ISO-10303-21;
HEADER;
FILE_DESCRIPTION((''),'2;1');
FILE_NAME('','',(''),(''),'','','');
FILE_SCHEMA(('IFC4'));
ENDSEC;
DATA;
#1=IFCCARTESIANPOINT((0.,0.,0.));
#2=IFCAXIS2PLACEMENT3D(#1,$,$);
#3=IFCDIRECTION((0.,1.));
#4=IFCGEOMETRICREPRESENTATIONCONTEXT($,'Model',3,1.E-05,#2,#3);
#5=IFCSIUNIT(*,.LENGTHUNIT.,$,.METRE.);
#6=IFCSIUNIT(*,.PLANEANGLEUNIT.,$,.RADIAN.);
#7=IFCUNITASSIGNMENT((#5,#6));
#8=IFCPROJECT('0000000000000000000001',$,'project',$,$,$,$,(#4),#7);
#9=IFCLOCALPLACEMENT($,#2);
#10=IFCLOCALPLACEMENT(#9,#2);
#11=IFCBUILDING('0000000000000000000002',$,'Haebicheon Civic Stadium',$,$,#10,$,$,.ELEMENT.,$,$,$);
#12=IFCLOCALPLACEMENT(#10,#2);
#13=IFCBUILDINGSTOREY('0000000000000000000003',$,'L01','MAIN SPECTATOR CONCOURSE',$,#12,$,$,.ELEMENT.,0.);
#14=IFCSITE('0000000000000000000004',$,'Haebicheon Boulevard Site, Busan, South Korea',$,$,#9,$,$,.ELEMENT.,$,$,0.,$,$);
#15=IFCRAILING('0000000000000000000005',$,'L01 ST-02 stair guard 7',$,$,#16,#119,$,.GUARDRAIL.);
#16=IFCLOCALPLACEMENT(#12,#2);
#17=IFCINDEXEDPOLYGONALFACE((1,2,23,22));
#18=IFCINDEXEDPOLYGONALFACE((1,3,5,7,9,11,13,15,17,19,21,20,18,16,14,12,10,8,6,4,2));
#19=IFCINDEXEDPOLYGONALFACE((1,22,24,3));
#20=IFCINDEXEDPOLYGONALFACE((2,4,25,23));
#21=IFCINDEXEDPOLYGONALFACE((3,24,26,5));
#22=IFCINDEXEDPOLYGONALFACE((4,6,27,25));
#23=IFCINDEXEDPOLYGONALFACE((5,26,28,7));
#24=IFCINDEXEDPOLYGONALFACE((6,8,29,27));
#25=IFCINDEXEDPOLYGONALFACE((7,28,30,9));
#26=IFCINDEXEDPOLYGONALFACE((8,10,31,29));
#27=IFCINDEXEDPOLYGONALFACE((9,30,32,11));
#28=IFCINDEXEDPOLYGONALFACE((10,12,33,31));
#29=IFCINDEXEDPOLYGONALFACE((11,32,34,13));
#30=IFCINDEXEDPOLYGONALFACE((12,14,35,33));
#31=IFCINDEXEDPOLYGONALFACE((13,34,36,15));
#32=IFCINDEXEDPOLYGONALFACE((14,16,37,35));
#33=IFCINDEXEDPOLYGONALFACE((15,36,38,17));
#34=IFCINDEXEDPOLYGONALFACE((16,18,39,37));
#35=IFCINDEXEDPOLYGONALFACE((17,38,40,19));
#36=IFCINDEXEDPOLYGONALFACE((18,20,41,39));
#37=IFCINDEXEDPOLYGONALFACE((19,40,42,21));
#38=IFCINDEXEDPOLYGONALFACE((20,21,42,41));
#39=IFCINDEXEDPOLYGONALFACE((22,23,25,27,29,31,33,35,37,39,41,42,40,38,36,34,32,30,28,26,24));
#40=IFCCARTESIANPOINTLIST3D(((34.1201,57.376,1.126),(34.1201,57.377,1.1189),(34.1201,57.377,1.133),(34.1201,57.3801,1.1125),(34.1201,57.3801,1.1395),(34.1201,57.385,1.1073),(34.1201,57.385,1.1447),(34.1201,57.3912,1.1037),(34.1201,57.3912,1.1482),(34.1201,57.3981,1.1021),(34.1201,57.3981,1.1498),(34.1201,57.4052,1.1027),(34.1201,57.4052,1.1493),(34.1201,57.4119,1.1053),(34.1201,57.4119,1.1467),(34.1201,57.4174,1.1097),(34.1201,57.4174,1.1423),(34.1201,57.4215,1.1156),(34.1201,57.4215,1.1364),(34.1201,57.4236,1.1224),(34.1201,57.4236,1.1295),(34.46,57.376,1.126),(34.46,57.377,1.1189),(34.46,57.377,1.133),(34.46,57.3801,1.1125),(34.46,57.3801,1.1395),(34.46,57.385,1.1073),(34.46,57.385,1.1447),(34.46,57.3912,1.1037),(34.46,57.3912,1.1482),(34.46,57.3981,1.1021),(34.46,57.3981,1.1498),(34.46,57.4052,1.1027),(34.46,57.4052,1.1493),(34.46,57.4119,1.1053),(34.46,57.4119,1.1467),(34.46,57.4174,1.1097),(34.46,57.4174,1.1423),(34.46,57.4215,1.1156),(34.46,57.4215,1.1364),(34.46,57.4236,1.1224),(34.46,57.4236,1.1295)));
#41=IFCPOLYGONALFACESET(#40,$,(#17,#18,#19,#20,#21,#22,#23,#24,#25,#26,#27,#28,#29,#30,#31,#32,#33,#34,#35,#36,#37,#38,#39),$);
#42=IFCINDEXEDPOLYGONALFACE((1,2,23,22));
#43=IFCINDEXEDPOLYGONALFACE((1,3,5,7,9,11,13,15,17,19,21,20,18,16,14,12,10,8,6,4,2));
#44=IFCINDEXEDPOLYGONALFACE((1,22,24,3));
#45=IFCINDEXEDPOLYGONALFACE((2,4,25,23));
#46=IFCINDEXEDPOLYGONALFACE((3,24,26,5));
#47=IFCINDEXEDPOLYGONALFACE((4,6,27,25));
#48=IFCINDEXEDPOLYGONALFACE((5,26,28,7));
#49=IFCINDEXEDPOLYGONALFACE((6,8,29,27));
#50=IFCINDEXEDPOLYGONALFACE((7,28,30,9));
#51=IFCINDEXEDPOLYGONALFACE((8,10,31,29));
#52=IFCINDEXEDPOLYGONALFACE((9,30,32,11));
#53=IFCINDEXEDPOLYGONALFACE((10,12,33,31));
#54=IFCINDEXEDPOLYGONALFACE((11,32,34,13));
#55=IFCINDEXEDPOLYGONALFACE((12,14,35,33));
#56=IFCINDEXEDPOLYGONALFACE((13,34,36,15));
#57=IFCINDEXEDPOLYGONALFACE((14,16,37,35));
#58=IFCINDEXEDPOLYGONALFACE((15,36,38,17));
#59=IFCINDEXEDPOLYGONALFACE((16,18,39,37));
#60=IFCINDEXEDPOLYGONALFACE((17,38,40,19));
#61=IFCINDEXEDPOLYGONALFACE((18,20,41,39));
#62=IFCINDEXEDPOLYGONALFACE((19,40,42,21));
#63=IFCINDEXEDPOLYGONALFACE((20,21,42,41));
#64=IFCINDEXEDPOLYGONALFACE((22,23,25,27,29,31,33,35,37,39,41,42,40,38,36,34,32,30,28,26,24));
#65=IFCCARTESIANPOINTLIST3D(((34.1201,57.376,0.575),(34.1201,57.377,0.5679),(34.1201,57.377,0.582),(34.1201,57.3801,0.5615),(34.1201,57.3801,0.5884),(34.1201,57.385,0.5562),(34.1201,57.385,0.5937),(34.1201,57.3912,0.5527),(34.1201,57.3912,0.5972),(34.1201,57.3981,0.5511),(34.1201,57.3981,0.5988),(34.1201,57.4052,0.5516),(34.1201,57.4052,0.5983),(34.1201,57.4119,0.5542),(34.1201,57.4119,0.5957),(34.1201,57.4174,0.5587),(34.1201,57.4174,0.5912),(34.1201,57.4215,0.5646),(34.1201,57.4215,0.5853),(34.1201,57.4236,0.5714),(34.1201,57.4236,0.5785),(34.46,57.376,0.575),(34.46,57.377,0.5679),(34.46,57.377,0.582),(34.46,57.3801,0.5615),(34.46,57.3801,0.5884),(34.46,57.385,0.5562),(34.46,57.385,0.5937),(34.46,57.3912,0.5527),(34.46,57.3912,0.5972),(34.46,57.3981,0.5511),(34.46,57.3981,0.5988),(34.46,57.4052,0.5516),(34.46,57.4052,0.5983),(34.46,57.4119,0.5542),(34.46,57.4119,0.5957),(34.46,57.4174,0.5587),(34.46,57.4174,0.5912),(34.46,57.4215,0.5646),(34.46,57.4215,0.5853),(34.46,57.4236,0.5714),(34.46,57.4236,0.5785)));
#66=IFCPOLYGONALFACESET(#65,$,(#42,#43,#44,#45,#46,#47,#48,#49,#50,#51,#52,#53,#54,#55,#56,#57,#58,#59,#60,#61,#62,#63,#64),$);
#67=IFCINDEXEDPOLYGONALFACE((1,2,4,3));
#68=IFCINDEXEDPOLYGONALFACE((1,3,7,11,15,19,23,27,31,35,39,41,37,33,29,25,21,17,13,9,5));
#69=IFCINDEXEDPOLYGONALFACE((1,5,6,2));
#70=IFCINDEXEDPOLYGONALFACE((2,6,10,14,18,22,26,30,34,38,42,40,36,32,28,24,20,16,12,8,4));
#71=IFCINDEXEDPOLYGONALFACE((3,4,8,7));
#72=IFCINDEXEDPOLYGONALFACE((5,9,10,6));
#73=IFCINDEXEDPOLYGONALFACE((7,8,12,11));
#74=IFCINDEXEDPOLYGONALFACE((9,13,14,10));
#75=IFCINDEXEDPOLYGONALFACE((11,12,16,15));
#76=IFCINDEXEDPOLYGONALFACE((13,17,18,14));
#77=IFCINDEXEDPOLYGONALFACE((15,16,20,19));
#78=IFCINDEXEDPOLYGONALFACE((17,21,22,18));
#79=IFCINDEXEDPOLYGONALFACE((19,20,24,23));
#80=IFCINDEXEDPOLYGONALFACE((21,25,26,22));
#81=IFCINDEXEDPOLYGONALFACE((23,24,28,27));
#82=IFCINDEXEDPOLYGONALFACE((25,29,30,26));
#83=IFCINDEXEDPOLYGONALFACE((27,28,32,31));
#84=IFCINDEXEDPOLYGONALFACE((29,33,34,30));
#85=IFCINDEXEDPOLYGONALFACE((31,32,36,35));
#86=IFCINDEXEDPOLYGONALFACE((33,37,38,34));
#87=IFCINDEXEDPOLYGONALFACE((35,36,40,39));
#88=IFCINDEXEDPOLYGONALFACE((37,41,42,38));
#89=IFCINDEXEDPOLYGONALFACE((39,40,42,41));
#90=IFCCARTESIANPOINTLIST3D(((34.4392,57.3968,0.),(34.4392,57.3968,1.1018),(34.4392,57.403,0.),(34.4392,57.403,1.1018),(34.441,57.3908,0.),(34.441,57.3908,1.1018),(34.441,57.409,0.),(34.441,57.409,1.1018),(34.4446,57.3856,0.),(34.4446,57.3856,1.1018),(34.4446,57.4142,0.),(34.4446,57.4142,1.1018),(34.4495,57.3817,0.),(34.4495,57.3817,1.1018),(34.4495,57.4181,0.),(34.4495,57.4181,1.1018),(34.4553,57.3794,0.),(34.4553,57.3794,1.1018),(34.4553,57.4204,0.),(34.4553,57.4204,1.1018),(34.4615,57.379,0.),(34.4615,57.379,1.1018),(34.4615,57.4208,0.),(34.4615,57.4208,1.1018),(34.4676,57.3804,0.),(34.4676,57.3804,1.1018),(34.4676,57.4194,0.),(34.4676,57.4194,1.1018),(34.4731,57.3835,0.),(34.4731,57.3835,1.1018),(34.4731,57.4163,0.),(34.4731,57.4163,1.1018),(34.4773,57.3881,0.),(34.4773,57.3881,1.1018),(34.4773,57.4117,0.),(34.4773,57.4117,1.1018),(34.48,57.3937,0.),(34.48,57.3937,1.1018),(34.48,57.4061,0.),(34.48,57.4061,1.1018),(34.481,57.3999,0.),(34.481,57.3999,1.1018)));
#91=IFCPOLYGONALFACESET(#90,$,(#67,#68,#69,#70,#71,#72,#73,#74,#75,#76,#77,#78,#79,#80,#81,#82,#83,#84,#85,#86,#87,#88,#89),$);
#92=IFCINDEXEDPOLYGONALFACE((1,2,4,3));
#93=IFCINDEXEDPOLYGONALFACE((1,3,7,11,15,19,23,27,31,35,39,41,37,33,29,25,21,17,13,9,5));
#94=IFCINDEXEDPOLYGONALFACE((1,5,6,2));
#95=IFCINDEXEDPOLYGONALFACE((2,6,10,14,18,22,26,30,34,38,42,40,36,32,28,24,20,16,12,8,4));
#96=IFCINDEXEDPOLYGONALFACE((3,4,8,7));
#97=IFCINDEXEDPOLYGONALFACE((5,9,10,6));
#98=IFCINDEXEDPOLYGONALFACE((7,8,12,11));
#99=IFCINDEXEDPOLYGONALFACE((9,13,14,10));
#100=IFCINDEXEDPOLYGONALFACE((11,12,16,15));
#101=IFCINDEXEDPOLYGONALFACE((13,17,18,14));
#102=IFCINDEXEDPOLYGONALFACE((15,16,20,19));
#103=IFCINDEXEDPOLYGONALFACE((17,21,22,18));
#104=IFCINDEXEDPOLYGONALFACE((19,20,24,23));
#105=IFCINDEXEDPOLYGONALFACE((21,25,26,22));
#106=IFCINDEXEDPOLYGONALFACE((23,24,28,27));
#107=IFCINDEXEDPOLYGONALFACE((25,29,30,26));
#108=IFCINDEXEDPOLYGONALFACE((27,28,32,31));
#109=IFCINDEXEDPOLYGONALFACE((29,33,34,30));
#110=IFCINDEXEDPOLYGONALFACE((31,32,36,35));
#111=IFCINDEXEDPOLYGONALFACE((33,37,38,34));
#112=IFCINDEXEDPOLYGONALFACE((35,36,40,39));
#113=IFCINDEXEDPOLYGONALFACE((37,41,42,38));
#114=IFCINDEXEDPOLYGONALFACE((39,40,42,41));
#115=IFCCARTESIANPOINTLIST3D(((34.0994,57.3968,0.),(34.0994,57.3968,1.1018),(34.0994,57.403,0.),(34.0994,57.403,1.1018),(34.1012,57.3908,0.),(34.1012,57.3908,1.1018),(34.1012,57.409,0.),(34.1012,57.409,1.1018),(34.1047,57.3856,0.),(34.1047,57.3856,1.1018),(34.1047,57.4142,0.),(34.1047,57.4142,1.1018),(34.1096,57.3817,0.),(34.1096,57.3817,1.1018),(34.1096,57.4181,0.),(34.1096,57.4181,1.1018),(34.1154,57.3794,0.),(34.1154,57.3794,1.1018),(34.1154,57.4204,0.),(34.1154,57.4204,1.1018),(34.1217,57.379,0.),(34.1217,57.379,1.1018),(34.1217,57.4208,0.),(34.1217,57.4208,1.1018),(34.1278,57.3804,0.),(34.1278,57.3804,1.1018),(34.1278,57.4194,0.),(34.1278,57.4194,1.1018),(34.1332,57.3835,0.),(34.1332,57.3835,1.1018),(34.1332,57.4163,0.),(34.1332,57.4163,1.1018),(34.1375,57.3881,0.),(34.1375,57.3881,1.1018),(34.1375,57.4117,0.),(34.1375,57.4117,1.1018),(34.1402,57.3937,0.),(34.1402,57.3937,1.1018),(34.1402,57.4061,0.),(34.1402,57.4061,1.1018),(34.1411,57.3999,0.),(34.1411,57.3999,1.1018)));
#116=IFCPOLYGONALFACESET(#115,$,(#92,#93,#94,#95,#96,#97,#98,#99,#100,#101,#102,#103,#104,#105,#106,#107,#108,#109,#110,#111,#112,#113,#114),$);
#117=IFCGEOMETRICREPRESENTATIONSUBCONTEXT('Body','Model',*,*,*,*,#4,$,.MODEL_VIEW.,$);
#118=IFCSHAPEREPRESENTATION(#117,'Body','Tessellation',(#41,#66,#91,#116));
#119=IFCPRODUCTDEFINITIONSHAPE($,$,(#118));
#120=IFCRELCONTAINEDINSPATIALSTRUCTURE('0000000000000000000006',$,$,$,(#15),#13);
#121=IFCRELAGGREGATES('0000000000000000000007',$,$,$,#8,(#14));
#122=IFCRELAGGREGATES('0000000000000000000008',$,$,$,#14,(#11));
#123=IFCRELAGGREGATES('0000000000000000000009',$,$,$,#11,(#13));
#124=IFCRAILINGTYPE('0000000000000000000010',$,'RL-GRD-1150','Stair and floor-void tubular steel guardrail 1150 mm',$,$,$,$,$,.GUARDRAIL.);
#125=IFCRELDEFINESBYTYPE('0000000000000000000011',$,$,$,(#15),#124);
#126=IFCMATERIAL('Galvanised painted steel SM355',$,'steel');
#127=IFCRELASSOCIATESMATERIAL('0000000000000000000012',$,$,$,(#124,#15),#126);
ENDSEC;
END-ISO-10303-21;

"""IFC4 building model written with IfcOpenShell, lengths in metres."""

from ifc_helpers import new_model, si_unit, direction, frame, origin, origin_2d, place, context, subcontext, project, spatial, circle, extrude, material, type_object, element, save


model = new_model("IFC4")

# Units and contexts
model_context = context("Model", 3, precision=1e-05, world=origin(), true_north=direction((0.0, 1.0)))
body_context = subcontext(model_context, "Body", "Model", "MODEL_VIEW")
ifc_project = project(units=[si_unit("LENGTHUNIT", "METRE"), si_unit("PLANEANGLEUNIT", "RADIAN")], contexts=[model_context])

# Site, building, storey
site_placement = place(None, origin())
site = spatial("IfcSite", under=ifc_project, at=site_placement, Name="Haebicheon Boulevard Site, Busan, South Korea", CompositionType="ELEMENT", RefElevation=0.0)
building_placement = place(site_placement, origin())
building = spatial("IfcBuilding", under=site, at=building_placement, Name="Haebicheon Civic Stadium", CompositionType="ELEMENT")
storey_placement = place(building_placement, origin())
storey = spatial("IfcBuildingStorey", under=building, at=storey_placement, Name="L01", Description="MAIN SPECTATOR CONCOURSE", CompositionType="ELEMENT", Elevation=0.0)

# Railing
ifc_material_1 = material(Name="Galvanised painted steel SM355", Category="steel")
railing_type_1 = type_object("IfcRailingType", Name="RL-GRD-1150", Description="Stair and floor-void tubular steel guardrail 1150 mm", PredefinedType="GUARDRAIL", material=ifc_material_1)
railing_1_placement = place(storey_placement, frame((34.46, 57.3999, 0.0)))
element("IfcRailing", 1, at=railing_1_placement, inside=storey, type_object=railing_type_1, material=ifc_material_1, Name="L01 ST-02 stair guard 7", PredefinedType="GUARDRAIL", context=body_context, shape_type="SweptSolid", body=[
    extrude(circle(Radius=0.0239, at=origin_2d()), frame((0.0, 0.0, 1.126), z_axis=(-1.0, 0.0, 0.0), x_axis=(0.0, -1.0, 0.0)), (0.0, 0.0, 1.0), 0.3398),
    extrude(circle(Radius=0.0239, at=origin_2d()), frame((0.0, 0.0, 0.575), z_axis=(-1.0, 0.0, 0.0), x_axis=(0.0, -1.0, 0.0)), (0.0, 0.0, 1.0), 0.3398),
    extrude(circle(Radius=0.021, at=origin_2d()), origin(), (0.0, 0.0, 1.0), 1.1018),
    extrude(circle(Radius=0.021, at=origin_2d()), frame((-0.3398, 0.0, 0.0)), (0.0, 0.0, 1.0), 1.1018),
])

save(model, "model.ifc")
